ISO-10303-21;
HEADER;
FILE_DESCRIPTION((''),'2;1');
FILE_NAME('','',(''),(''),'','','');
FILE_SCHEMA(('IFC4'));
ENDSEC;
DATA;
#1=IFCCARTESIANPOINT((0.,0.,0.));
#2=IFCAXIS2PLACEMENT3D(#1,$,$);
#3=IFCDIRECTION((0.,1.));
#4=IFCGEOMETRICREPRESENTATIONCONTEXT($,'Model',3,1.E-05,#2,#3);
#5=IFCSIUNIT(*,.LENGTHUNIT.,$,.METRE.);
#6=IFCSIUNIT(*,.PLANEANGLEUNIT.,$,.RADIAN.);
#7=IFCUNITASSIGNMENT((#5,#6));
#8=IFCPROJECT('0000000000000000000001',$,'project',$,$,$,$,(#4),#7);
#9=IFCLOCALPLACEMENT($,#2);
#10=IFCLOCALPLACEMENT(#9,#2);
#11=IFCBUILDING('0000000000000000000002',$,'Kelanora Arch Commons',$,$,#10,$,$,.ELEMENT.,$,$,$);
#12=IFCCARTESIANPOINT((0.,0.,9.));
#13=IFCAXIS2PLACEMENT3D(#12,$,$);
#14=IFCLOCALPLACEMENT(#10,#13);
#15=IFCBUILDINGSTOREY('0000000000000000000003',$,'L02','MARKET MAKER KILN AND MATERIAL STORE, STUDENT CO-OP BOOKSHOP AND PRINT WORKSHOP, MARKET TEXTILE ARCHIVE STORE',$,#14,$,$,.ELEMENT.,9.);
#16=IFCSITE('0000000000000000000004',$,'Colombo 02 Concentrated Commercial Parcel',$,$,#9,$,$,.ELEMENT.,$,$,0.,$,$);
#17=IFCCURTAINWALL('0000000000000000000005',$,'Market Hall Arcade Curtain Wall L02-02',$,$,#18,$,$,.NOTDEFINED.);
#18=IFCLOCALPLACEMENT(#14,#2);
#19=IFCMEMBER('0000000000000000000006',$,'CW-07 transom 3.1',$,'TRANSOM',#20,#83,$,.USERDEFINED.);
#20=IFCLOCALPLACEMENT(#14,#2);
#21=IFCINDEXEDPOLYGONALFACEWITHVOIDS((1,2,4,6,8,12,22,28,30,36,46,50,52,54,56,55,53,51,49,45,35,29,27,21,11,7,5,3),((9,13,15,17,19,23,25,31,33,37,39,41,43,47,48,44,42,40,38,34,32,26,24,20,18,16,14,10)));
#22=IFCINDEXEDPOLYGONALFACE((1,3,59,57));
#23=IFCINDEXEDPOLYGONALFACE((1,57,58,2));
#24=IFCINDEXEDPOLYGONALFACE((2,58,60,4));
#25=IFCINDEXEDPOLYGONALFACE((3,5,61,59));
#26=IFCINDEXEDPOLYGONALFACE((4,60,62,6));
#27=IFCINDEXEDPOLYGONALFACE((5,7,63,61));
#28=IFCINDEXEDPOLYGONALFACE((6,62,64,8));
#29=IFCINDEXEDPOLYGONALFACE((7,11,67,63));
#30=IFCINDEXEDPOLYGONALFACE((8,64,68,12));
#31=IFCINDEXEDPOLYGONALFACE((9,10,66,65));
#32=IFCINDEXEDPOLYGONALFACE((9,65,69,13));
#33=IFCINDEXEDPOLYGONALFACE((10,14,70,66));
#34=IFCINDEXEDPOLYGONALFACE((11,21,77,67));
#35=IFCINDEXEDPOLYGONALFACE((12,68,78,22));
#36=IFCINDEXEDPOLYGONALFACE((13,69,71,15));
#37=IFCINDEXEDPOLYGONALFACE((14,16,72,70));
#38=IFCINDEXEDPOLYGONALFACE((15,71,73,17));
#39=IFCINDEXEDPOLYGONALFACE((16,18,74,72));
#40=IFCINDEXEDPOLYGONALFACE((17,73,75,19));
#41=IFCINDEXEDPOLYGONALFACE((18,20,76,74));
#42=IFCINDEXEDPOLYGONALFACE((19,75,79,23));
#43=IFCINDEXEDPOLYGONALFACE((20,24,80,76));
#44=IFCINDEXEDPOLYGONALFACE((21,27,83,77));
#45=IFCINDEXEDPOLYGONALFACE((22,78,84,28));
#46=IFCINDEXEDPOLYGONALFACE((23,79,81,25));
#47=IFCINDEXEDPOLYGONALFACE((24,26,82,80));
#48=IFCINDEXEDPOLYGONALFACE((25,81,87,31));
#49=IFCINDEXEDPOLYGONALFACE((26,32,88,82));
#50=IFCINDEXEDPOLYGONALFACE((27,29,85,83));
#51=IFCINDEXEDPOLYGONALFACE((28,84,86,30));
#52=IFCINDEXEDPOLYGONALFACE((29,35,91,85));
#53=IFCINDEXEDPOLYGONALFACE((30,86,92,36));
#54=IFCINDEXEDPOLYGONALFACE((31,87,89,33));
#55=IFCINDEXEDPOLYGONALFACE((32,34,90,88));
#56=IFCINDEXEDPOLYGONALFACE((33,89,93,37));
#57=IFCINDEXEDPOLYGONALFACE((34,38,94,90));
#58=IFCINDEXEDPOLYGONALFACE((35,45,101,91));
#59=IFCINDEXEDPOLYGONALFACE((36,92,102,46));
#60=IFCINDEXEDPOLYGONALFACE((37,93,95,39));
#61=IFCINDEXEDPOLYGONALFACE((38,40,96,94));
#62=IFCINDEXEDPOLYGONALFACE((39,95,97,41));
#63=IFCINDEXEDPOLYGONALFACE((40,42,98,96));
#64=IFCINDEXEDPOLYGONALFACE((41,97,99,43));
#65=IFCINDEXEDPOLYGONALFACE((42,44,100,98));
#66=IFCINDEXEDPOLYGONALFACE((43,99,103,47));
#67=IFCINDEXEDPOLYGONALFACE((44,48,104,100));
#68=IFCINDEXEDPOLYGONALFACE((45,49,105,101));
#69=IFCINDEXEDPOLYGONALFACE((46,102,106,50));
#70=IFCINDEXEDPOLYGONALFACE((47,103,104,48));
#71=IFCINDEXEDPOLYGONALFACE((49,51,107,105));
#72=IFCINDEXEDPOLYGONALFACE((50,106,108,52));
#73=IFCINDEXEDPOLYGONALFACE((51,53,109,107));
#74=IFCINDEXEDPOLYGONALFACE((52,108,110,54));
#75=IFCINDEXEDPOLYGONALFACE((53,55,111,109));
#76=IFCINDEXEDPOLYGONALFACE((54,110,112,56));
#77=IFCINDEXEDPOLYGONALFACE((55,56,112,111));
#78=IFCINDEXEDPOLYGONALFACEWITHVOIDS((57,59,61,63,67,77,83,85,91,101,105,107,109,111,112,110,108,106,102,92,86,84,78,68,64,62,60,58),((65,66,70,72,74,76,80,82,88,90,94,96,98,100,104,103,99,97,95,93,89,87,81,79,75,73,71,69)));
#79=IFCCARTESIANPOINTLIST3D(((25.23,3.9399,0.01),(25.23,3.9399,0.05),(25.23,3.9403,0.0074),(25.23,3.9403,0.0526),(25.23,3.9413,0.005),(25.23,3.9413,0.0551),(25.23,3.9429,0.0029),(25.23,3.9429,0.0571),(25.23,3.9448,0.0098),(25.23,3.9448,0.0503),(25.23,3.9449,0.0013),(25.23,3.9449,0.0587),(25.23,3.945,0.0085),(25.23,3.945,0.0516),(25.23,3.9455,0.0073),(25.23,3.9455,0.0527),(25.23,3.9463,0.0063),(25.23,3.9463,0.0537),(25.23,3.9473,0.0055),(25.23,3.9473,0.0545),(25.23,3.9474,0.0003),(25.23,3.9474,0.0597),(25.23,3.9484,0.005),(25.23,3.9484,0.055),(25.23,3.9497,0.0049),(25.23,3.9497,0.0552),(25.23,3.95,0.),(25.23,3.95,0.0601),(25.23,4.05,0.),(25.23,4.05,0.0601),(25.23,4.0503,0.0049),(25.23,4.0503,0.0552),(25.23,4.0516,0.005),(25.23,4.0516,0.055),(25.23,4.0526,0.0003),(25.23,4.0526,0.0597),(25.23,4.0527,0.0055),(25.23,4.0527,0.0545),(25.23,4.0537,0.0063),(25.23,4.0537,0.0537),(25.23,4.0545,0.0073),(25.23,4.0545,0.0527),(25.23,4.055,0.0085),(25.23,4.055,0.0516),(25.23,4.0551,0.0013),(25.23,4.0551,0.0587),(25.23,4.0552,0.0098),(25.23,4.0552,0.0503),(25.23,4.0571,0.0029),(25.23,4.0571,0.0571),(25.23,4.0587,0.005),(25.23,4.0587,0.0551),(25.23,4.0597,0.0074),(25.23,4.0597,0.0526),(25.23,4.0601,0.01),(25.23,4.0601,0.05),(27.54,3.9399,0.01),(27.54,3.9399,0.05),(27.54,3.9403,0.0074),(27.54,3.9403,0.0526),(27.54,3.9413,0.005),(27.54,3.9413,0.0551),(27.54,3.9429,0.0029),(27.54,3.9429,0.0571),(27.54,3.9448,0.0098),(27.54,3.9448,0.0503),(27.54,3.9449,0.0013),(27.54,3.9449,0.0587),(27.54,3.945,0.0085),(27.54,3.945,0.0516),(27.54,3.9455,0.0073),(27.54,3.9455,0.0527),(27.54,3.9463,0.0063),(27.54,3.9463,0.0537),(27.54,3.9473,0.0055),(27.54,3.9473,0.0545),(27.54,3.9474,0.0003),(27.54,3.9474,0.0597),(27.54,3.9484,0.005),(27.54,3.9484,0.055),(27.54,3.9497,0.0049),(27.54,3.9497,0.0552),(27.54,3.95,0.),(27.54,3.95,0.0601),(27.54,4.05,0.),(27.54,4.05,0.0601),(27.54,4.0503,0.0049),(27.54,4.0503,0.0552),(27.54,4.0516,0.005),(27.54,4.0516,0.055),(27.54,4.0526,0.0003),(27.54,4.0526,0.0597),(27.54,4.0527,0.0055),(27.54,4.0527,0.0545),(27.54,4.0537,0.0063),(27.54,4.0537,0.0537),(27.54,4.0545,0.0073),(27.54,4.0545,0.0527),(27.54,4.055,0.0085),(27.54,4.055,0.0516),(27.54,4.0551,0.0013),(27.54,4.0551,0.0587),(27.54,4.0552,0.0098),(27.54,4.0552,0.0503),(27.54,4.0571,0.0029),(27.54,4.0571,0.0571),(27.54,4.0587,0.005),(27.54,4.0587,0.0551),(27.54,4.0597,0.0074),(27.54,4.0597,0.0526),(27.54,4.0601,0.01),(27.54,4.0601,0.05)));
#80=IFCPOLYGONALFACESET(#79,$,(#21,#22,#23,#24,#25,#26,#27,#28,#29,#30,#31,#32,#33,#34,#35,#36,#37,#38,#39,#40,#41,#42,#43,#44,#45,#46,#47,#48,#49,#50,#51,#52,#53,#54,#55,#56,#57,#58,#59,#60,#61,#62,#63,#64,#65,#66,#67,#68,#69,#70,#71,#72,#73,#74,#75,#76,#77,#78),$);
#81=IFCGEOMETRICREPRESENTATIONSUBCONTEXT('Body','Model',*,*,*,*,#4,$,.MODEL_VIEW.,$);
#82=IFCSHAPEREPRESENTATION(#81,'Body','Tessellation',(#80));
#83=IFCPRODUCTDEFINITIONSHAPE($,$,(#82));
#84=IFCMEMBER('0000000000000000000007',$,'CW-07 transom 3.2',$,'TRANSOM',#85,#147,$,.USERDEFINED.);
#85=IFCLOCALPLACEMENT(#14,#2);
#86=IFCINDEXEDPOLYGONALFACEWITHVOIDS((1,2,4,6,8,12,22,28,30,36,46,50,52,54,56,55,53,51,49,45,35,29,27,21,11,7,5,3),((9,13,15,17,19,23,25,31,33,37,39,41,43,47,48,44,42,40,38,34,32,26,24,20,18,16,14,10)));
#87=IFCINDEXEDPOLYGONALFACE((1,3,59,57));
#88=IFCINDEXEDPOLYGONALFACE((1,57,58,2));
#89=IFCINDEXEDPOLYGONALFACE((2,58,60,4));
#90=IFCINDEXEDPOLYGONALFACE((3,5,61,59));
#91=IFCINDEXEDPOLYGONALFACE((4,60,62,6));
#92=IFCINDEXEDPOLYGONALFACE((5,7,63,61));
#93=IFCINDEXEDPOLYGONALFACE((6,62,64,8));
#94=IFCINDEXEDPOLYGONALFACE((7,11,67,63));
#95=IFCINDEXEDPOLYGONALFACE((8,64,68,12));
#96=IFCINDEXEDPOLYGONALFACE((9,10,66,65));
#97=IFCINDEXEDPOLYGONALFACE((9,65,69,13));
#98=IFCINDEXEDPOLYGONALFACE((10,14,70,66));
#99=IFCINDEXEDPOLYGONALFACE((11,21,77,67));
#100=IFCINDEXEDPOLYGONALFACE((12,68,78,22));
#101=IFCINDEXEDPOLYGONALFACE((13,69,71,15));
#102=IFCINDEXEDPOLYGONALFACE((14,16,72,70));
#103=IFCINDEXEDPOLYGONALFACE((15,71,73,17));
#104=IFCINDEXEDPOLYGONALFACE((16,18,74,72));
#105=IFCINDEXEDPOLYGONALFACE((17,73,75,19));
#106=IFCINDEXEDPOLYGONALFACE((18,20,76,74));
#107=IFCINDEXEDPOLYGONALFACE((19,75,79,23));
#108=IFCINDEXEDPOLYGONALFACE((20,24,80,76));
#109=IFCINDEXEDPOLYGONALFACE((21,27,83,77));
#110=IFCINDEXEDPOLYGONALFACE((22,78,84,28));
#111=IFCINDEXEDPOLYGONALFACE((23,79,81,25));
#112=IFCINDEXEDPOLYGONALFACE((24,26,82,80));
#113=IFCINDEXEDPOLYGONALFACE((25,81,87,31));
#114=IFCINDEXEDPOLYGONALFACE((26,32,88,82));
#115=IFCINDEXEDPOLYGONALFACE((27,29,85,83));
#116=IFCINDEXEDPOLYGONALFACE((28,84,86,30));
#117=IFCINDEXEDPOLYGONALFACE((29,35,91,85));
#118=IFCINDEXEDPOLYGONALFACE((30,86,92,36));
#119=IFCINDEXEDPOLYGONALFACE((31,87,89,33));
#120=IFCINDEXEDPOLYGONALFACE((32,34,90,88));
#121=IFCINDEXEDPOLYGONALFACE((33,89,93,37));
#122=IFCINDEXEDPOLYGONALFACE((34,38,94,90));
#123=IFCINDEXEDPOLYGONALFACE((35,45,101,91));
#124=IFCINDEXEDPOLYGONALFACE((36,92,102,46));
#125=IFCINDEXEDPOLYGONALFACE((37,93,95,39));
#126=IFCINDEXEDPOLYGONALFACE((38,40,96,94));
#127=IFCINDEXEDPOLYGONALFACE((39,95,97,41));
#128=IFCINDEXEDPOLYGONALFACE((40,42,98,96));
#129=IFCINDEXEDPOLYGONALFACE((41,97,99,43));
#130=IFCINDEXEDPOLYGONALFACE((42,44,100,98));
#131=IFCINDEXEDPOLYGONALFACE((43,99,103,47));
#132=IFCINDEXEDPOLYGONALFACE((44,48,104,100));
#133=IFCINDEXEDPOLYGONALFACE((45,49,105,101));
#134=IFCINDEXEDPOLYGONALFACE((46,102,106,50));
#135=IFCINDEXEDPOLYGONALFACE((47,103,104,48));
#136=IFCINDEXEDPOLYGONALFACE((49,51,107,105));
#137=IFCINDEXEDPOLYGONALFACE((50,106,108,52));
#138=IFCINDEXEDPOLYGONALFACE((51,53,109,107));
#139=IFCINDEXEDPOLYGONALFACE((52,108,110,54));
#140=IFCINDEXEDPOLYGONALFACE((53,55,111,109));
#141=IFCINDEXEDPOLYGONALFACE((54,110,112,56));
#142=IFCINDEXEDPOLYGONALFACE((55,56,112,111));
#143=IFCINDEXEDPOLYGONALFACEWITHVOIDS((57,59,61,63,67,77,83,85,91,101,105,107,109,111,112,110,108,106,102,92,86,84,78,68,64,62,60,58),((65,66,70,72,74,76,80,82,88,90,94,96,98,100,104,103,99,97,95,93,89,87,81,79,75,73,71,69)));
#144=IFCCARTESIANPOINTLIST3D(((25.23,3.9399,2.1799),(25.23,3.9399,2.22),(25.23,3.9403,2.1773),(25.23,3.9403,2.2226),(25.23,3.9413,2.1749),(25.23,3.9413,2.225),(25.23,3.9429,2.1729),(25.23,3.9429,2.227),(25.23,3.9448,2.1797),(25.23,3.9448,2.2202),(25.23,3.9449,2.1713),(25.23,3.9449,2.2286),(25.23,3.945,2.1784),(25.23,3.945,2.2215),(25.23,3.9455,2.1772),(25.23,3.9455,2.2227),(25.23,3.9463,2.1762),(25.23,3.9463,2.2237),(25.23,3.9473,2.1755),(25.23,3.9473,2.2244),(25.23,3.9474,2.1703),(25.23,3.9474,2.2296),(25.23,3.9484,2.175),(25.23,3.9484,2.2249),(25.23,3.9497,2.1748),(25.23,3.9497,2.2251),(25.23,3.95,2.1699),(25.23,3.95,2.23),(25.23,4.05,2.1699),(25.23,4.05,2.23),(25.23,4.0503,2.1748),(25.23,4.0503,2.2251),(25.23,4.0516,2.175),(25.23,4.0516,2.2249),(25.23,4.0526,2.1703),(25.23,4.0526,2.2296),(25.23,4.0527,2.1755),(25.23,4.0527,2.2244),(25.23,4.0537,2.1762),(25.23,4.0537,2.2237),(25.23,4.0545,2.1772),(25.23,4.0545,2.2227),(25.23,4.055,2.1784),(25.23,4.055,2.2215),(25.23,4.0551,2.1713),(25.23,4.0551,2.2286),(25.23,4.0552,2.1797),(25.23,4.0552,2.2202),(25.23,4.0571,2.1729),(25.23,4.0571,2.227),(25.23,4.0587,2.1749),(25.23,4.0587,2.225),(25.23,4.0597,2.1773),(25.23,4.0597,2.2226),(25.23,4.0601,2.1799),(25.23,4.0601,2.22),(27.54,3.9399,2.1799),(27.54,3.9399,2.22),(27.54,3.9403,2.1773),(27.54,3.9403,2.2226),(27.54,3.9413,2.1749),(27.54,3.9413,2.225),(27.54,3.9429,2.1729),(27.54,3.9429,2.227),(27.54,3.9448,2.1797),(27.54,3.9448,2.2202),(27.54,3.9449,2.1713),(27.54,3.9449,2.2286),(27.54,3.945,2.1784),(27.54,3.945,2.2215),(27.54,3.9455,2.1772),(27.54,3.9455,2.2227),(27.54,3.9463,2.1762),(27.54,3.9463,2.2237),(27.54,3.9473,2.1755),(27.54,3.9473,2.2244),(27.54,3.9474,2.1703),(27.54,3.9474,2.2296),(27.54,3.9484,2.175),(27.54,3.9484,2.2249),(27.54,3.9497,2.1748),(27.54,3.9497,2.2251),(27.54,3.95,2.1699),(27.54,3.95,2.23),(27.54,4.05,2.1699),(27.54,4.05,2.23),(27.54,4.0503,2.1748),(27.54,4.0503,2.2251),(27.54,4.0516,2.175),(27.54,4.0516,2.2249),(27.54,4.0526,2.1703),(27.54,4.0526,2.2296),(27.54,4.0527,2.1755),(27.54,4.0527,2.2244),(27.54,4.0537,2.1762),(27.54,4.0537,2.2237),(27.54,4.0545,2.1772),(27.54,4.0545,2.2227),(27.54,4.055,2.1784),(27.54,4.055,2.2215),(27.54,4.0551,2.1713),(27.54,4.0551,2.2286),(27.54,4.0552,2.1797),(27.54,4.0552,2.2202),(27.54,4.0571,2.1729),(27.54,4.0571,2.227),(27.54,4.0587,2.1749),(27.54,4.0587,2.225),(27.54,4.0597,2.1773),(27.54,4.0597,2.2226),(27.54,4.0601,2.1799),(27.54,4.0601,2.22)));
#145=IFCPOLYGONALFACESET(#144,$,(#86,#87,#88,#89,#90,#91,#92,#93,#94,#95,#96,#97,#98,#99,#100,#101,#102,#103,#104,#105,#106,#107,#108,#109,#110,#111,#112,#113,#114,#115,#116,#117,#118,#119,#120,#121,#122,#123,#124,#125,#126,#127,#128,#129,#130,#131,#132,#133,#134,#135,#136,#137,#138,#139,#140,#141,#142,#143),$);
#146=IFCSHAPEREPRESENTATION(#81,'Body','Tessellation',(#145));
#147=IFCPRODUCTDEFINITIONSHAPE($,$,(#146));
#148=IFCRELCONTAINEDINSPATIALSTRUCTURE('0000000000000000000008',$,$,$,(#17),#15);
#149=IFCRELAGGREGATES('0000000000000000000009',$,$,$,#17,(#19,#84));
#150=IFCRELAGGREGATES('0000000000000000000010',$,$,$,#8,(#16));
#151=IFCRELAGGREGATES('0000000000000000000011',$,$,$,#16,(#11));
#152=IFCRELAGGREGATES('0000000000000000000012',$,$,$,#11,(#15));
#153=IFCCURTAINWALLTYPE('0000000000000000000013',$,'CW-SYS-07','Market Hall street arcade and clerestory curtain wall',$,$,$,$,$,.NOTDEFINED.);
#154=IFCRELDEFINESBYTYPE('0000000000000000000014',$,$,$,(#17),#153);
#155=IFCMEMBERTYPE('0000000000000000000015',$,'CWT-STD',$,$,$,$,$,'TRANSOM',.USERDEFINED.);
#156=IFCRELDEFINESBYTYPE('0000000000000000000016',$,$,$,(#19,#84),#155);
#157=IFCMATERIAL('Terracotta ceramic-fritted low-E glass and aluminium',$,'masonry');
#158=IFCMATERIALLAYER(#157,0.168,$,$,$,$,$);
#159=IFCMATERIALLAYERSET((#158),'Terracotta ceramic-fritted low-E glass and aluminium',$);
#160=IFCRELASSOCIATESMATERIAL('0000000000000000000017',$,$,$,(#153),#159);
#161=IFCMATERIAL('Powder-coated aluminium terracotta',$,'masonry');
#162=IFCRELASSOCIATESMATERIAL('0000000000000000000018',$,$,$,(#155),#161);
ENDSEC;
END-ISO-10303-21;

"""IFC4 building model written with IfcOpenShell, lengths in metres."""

from ifc_helpers import new_model, si_unit, direction, frame, origin, origin_2d, place, context, subcontext, project, spatial, hollow_rectangle, extrude, material, layer, layer_set, material_profile, profile_set, type_object, element, aggregate, save


model = new_model("IFC4")

# Units and contexts
model_context = context("Model", 3, precision=1e-05, world=origin(), true_north=direction((0.0, 1.0)))
body_context = subcontext(model_context, "Body", "Model", "MODEL_VIEW")
ifc_project = project(units=[si_unit("LENGTHUNIT", "METRE"), si_unit("PLANEANGLEUNIT", "RADIAN")], contexts=[model_context])

# Site, building, storey
site_placement = place(None, origin())
site = spatial("IfcSite", under=ifc_project, at=site_placement, Name="Colombo 02 Concentrated Commercial Parcel", CompositionType="ELEMENT", RefElevation=0.0)
building_placement = place(site_placement, origin())
building = spatial("IfcBuilding", under=site, at=building_placement, Name="Kelanora Arch Commons", CompositionType="ELEMENT")
storey_placement = place(building_placement, frame((0.0, 0.0, 9.0)))
storey = spatial("IfcBuildingStorey", under=building, at=storey_placement, Name="L02", Description="MARKET MAKER KILN AND MATERIAL STORE, STUDENT CO-OP BOOKSHOP AND PRINT WORKSHOP, MARKET TEXTILE ARCHIVE STORE", CompositionType="ELEMENT", Elevation=9.0)

# Curtain wall, members
ifc_material_1 = material(Name="Terracotta ceramic-fritted low-E glass and aluminium", Category="masonry")
ifc_layer_1 = layer(ifc_material_1, 0.168)
ifc_layer_set_1 = layer_set([ifc_layer_1], Name="Terracotta ceramic-fritted low-E glass and aluminium")
curtain_wall_type = type_object("IfcCurtainWallType", Name="CW-SYS-07", Description="Market Hall street arcade and clerestory curtain wall", PredefinedType="NOTDEFINED", material=ifc_layer_set_1)
curtain_wall_placement = place(storey_placement, origin())
curtain_wall = element("IfcCurtainWall", 1, at=curtain_wall_placement, inside=storey, type_object=curtain_wall_type, Name="Market Hall Arcade Curtain Wall L02-02", PredefinedType="NOTDEFINED")
ifc_material_2 = material(Name="Powder-coated aluminium terracotta", Category="masonry")
ifc_material_profile_1 = material_profile(ifc_material_2, hollow_rectangle(XDim=0.1201, YDim=0.0601, WallThickness=0.0049, InnerFilletRadius=0.0049, OuterFilletRadius=0.01, at=origin_2d()), Name="CWT120x60")
ifc_profile_set_1 = profile_set([ifc_material_profile_1], Name="Powder-coated aluminium terracotta")
member_type_1 = type_object("IfcMemberType", Name="CWT-STD", ElementType="TRANSOM", PredefinedType="USERDEFINED", material=ifc_profile_set_1)
member_1_placement = place(storey_placement, frame((25.23, 4.0, 0.03), z_axis=(1.0, 0.0, 0.0), x_axis=(0.0, 1.0, 0.0)))
member_1 = element("IfcMember", 2, at=member_1_placement, type_object=member_type_1, Name="CW-07 transom 3.1", ObjectType="TRANSOM", PredefinedType="USERDEFINED", context=body_context, shape_type="SweptSolid", body=[
    extrude(hollow_rectangle(XDim=0.1201, YDim=0.0601, WallThickness=0.0049, InnerFilletRadius=0.0049, OuterFilletRadius=0.01, at=origin_2d()), origin(), (0.0, 0.0, 1.0), 2.3101),
])
member_2_placement = place(storey_placement, frame((25.23, 4.0, 2.2), z_axis=(1.0, 0.0, 0.0), x_axis=(0.0, 1.0, 0.0)))
member_2 = element("IfcMember", 3, at=member_2_placement, type_object=member_type_1, Name="CW-07 transom 3.2", ObjectType="TRANSOM", PredefinedType="USERDEFINED", context=body_context, shape_type="SweptSolid", body=[
    extrude(hollow_rectangle(XDim=0.1201, YDim=0.0601, WallThickness=0.0049, InnerFilletRadius=0.0049, OuterFilletRadius=0.01, at=origin_2d()), origin(), (0.0, 0.0, 1.0), 2.3101),
])
aggregate(curtain_wall, [member_1, member_2])

save(model, "model.ifc")
